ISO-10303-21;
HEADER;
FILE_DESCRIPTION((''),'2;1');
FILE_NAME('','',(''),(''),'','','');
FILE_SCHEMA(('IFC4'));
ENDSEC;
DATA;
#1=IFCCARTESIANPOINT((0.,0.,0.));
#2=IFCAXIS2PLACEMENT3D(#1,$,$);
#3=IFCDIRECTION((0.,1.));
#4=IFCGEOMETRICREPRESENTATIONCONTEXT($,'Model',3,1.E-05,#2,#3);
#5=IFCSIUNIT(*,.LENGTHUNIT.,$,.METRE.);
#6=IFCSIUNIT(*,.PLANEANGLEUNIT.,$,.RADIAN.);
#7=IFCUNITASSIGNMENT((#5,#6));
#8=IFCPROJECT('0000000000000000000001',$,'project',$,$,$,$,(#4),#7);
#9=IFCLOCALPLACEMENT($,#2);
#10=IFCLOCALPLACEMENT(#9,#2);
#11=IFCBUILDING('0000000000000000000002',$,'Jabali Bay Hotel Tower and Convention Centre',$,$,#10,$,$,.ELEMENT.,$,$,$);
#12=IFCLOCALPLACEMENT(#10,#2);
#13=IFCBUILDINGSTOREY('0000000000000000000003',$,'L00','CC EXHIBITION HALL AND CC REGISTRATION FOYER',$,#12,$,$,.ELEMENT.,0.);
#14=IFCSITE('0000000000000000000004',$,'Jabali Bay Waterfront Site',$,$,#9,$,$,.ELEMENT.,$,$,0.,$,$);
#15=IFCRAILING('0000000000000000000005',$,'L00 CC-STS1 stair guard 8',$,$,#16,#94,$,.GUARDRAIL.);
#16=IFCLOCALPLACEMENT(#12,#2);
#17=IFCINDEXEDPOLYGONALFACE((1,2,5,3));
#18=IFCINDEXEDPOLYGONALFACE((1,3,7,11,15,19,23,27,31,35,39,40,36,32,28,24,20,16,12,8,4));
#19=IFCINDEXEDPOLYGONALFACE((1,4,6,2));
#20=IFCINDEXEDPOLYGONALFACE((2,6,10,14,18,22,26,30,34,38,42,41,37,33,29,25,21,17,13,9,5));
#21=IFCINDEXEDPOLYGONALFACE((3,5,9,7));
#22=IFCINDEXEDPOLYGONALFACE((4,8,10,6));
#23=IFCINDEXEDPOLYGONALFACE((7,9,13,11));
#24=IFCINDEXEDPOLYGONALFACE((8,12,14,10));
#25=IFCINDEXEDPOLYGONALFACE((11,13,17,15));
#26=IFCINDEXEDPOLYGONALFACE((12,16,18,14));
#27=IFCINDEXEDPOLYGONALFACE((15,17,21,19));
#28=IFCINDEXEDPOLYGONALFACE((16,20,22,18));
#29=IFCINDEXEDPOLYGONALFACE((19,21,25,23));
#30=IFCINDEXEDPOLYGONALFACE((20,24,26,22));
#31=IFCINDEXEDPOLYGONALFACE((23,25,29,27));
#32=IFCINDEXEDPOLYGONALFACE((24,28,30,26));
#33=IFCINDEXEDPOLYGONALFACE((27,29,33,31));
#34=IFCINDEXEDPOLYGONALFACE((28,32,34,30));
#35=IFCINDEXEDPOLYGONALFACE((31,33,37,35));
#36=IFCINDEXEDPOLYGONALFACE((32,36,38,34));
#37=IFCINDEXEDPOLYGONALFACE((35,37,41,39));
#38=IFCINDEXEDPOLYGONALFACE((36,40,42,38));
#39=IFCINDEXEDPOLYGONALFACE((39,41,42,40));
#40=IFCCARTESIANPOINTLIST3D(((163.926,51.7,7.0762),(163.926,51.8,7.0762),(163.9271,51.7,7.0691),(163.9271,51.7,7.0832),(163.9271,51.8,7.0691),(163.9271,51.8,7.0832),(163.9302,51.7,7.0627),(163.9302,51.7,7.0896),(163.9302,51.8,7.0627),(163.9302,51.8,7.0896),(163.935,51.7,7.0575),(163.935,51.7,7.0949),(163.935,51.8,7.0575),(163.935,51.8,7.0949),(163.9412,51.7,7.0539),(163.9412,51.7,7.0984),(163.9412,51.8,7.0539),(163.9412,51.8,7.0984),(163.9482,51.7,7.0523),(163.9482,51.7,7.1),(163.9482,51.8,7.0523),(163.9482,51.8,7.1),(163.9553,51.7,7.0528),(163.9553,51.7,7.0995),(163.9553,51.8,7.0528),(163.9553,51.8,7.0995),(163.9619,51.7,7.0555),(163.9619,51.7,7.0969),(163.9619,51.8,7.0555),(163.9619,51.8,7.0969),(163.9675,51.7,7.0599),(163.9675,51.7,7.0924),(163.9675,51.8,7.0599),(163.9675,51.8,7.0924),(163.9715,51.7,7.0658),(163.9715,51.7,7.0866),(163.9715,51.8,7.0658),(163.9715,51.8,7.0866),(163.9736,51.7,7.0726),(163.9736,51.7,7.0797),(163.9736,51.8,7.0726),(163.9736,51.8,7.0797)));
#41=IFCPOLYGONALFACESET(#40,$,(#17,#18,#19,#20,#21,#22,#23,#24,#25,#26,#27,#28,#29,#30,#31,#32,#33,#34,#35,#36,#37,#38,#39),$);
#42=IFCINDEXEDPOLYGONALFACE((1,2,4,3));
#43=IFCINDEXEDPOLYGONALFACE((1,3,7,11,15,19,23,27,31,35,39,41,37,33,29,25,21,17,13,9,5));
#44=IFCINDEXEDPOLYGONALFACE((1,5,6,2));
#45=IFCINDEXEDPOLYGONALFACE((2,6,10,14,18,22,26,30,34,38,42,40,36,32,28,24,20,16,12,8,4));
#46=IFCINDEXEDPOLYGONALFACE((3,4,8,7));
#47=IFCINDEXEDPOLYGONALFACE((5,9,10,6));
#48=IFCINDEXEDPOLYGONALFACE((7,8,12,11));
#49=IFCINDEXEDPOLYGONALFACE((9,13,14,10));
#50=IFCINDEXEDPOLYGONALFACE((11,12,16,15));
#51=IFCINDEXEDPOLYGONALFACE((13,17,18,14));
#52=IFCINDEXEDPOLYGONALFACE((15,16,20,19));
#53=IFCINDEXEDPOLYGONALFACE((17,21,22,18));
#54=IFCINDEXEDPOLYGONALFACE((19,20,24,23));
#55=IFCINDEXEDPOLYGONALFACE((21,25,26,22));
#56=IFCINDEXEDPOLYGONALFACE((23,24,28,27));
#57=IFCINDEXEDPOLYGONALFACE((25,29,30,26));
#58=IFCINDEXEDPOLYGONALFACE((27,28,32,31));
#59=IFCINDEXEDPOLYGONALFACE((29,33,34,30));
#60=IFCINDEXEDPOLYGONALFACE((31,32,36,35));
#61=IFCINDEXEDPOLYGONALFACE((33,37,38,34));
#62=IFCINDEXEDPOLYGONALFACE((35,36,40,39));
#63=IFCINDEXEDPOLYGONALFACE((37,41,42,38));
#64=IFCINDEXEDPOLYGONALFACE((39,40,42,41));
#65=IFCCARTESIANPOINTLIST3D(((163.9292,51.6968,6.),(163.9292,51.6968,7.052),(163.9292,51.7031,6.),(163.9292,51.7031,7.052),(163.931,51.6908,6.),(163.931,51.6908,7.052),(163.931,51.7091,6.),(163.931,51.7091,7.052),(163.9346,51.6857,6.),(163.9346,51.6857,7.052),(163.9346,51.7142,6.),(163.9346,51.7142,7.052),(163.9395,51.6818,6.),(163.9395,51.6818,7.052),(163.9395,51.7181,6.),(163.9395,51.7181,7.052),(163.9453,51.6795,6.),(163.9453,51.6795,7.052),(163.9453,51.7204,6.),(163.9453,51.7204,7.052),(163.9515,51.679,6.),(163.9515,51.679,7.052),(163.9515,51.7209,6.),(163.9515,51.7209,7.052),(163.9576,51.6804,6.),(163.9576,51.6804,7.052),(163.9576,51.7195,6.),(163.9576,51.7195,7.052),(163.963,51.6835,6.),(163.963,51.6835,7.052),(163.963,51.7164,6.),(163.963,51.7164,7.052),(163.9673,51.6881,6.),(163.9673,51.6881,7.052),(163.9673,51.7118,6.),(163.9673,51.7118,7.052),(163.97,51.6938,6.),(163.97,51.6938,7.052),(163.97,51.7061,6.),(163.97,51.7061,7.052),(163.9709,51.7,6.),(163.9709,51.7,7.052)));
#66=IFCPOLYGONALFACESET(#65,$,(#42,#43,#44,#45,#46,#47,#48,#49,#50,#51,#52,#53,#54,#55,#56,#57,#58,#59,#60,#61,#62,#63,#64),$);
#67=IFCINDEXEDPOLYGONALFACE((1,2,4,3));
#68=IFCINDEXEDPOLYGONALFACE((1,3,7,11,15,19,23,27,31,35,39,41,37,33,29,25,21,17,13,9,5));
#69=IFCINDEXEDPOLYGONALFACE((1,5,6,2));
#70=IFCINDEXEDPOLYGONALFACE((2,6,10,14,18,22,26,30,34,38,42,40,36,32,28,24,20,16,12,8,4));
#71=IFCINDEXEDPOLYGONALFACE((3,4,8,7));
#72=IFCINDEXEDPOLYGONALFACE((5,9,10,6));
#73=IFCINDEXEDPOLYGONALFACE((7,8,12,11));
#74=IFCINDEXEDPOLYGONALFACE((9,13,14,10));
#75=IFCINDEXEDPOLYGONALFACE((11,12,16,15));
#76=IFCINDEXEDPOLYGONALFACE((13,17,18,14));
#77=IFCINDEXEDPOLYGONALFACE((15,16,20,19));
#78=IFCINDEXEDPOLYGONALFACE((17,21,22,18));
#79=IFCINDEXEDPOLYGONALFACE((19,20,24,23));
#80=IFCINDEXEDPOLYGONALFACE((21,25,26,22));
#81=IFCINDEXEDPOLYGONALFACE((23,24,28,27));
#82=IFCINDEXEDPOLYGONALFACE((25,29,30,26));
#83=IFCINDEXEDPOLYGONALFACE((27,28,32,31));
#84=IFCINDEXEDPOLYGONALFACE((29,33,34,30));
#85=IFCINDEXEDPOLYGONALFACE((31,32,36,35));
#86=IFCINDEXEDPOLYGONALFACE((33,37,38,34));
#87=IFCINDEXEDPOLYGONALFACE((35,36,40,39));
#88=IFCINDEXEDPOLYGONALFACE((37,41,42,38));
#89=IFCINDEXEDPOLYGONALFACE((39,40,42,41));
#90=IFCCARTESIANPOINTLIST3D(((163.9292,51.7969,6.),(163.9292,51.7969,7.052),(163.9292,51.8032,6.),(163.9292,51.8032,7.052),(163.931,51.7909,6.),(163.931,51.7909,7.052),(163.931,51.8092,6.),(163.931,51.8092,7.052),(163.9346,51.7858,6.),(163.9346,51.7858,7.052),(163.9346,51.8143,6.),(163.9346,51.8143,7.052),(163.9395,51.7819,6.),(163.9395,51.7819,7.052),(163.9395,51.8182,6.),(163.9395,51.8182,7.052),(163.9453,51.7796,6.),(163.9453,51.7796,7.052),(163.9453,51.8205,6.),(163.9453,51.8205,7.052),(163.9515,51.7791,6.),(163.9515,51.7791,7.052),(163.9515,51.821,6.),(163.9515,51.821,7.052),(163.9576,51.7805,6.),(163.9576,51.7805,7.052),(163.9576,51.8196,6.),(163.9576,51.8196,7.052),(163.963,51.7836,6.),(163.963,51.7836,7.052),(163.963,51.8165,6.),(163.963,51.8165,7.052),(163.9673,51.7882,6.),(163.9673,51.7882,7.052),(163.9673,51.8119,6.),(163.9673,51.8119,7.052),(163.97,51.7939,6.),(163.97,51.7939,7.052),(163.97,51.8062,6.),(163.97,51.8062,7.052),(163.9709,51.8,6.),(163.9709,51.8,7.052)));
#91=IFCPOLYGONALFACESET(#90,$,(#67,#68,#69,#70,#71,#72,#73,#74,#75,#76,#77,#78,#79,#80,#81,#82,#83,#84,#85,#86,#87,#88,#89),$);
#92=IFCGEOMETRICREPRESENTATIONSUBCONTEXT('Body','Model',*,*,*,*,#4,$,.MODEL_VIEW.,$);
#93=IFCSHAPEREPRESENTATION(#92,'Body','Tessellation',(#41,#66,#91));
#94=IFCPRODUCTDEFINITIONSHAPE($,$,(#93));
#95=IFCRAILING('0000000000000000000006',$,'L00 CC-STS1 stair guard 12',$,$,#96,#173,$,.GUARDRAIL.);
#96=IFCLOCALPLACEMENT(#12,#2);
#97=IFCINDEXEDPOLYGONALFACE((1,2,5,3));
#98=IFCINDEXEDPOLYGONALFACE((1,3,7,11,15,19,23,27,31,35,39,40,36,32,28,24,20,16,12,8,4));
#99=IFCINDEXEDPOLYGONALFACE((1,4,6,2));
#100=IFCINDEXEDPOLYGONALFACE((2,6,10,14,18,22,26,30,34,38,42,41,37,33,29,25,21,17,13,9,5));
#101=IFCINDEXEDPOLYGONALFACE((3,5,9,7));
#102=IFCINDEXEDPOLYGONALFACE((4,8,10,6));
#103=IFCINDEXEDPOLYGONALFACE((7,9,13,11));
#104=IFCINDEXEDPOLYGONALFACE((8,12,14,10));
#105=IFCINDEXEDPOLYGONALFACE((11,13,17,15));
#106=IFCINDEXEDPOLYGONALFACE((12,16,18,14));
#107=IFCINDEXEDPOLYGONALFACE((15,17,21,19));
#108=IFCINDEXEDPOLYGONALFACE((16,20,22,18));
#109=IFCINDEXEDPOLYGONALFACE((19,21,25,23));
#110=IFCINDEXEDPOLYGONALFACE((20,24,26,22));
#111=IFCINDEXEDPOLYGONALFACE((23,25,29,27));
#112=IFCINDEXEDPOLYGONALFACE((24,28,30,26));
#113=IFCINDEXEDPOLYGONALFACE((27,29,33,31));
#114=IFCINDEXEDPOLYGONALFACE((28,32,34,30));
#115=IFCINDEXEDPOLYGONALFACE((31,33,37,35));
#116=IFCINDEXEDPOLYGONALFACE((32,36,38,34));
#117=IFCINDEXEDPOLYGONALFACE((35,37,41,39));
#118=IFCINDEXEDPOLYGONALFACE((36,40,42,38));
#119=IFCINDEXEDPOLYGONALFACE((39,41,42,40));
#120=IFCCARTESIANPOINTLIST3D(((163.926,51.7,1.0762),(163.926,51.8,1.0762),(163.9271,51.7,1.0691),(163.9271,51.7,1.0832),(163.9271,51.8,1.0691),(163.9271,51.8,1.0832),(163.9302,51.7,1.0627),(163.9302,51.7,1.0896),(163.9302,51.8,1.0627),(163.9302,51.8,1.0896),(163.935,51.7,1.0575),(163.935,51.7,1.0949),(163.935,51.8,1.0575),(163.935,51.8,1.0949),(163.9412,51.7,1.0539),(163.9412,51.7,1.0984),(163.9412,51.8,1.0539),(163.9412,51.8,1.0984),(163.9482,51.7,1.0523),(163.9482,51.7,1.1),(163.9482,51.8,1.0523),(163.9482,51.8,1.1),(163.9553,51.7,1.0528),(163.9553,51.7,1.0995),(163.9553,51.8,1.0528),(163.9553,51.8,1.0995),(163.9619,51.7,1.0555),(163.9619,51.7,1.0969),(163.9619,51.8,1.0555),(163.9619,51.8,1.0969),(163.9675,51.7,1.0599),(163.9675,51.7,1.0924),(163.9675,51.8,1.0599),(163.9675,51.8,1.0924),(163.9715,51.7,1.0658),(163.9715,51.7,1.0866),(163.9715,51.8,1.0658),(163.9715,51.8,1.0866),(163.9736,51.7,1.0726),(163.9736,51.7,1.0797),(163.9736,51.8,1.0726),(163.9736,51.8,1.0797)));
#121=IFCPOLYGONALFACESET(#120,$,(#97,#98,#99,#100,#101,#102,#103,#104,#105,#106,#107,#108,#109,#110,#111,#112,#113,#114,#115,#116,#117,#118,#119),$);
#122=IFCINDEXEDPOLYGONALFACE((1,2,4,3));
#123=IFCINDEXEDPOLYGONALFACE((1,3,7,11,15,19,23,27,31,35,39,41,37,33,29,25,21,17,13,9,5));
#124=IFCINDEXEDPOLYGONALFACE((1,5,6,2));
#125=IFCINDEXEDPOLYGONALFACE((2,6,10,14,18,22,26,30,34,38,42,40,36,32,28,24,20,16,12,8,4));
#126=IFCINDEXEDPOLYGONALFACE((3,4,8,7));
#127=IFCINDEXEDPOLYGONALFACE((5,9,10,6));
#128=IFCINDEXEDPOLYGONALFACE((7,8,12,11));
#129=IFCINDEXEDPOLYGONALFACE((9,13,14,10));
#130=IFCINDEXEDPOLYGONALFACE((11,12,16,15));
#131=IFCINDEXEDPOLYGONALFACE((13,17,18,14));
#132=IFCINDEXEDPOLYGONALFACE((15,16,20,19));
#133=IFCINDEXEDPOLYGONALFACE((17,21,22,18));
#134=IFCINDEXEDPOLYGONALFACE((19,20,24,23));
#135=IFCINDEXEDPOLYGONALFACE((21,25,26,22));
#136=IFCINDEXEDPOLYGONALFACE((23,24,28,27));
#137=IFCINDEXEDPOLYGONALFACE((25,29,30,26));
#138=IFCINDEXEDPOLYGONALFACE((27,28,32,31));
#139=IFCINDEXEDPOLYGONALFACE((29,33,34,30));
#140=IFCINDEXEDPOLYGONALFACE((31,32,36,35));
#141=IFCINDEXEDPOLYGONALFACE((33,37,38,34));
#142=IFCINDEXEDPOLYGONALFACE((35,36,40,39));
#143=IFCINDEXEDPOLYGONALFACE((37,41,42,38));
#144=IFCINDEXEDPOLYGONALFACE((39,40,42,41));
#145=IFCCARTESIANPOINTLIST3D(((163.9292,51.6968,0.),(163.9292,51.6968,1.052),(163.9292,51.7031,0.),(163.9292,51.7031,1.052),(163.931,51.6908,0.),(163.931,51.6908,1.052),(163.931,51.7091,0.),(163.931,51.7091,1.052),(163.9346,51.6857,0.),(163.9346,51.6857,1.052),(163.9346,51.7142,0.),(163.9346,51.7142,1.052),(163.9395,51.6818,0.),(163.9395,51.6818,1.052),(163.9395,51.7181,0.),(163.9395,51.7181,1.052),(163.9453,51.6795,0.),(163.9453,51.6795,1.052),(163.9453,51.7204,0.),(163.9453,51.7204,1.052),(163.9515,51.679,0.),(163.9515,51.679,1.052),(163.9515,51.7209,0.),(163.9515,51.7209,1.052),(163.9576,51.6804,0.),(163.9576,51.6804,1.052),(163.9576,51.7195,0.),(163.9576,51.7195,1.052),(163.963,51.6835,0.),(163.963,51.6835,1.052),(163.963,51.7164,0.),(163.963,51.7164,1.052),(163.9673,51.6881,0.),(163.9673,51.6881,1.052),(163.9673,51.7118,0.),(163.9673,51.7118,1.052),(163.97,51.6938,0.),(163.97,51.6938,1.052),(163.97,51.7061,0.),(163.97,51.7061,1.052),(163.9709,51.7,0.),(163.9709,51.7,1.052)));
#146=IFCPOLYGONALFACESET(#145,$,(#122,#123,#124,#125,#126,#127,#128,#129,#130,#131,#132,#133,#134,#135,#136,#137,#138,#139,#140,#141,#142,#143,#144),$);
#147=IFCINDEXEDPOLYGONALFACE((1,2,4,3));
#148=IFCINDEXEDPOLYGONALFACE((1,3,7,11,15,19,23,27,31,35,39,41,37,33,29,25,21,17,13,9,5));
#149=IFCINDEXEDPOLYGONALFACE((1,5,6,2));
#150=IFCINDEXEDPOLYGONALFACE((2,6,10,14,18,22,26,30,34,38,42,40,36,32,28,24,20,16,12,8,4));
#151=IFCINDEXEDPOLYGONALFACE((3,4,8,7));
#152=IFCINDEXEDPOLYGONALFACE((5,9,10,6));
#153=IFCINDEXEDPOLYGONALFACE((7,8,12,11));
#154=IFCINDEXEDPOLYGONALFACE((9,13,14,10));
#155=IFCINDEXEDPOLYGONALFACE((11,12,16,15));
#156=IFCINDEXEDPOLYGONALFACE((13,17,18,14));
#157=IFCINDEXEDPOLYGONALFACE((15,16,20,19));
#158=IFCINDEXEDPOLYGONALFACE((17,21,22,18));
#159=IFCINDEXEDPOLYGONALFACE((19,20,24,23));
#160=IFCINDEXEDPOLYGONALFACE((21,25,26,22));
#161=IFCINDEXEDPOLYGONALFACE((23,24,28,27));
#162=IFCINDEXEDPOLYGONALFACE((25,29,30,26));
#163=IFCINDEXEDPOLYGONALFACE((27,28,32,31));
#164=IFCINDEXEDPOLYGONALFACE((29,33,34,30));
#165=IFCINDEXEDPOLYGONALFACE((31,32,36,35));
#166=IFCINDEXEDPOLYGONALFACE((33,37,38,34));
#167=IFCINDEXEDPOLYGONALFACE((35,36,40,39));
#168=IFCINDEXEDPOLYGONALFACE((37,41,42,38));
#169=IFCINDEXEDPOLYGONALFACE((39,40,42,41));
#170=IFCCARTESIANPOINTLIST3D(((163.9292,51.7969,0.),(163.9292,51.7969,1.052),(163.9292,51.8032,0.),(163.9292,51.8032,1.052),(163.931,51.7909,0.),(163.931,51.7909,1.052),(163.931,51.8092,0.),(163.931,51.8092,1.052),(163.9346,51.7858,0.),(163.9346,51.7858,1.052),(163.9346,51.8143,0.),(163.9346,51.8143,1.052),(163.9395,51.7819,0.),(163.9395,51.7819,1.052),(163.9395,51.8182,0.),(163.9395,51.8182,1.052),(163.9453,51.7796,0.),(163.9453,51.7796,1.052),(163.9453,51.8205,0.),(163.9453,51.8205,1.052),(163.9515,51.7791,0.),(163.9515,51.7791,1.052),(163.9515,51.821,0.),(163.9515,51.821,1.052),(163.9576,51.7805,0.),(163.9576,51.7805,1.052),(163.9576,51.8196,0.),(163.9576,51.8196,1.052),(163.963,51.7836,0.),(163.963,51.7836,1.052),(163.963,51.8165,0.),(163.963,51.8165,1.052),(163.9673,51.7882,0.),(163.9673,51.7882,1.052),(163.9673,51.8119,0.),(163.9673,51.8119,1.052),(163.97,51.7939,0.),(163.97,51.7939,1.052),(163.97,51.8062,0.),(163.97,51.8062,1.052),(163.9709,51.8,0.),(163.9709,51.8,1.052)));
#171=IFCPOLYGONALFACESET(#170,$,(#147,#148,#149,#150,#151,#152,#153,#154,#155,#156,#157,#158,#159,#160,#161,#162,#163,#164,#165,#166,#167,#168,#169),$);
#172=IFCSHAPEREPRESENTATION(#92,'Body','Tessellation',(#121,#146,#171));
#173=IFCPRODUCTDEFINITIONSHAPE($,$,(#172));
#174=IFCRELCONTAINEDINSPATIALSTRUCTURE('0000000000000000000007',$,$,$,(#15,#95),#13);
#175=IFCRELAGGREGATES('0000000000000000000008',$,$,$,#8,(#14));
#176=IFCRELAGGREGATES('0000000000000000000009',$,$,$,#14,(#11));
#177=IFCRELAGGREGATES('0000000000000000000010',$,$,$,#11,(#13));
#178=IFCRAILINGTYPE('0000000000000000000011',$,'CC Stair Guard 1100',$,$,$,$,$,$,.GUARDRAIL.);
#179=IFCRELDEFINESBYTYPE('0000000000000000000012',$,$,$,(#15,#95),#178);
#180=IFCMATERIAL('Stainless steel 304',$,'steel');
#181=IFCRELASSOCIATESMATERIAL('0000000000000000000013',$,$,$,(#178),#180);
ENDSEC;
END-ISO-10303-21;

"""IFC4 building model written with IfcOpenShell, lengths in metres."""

from ifc_helpers import new_model, si_unit, direction, frame, origin, origin_2d, place, context, subcontext, project, spatial, circle, extrude, material, type_object, element, save


model = new_model("IFC4")

# Units and contexts
model_context = context("Model", 3, precision=1e-05, world=origin(), true_north=direction((0.0, 1.0)))
body_context = subcontext(model_context, "Body", "Model", "MODEL_VIEW")
ifc_project = project(units=[si_unit("LENGTHUNIT", "METRE"), si_unit("PLANEANGLEUNIT", "RADIAN")], contexts=[model_context])

# Site, building, storey
site_placement = place(None, origin())
site = spatial("IfcSite", under=ifc_project, at=site_placement, Name="Jabali Bay Waterfront Site", CompositionType="ELEMENT", RefElevation=0.0)
building_placement = place(site_placement, origin())
building = spatial("IfcBuilding", under=site, at=building_placement, Name="Jabali Bay Hotel Tower and Convention Centre", CompositionType="ELEMENT")
storey_placement = place(building_placement, origin())
storey = spatial("IfcBuildingStorey", under=building, at=storey_placement, Name="L00", Description="CC EXHIBITION HALL AND CC REGISTRATION FOYER", CompositionType="ELEMENT", Elevation=0.0)

# Railings
ifc_material_1 = material(Name="Stainless steel 304", Category="steel")
railing_type_1 = type_object("IfcRailingType", Name="CC Stair Guard 1100", PredefinedType="GUARDRAIL", material=ifc_material_1)
for number, where, name in (
    (1, (163.95, 51.7, 6.0), "L00 CC-STS1 stair guard 8"),
    (2, (163.95, 51.7, 0.0), "L00 CC-STS1 stair guard 12"),
):
    element("IfcRailing", number, at=place(storey_placement, frame(where)), inside=storey, type_object=railing_type_1, Name=name, PredefinedType="GUARDRAIL", context=body_context, shape_type="SweptSolid", body=[
        extrude(circle(Radius=0.0239, at=origin_2d()), frame((0.0, 0.0, 1.0762), z_axis=(0.0, 1.0, 0.0), x_axis=(-1.0, 0.0, 0.0)), (0.0, 0.0, 1.0), 0.1001),
        extrude(circle(Radius=0.021, at=origin_2d()), origin(), (0.0, 0.0, 1.0), 1.052),
        extrude(circle(Radius=0.021, at=origin_2d()), frame((0.0, 0.1001, 0.0)), (0.0, 0.0, 1.0), 1.052),
    ])

save(model, "model.ifc")
